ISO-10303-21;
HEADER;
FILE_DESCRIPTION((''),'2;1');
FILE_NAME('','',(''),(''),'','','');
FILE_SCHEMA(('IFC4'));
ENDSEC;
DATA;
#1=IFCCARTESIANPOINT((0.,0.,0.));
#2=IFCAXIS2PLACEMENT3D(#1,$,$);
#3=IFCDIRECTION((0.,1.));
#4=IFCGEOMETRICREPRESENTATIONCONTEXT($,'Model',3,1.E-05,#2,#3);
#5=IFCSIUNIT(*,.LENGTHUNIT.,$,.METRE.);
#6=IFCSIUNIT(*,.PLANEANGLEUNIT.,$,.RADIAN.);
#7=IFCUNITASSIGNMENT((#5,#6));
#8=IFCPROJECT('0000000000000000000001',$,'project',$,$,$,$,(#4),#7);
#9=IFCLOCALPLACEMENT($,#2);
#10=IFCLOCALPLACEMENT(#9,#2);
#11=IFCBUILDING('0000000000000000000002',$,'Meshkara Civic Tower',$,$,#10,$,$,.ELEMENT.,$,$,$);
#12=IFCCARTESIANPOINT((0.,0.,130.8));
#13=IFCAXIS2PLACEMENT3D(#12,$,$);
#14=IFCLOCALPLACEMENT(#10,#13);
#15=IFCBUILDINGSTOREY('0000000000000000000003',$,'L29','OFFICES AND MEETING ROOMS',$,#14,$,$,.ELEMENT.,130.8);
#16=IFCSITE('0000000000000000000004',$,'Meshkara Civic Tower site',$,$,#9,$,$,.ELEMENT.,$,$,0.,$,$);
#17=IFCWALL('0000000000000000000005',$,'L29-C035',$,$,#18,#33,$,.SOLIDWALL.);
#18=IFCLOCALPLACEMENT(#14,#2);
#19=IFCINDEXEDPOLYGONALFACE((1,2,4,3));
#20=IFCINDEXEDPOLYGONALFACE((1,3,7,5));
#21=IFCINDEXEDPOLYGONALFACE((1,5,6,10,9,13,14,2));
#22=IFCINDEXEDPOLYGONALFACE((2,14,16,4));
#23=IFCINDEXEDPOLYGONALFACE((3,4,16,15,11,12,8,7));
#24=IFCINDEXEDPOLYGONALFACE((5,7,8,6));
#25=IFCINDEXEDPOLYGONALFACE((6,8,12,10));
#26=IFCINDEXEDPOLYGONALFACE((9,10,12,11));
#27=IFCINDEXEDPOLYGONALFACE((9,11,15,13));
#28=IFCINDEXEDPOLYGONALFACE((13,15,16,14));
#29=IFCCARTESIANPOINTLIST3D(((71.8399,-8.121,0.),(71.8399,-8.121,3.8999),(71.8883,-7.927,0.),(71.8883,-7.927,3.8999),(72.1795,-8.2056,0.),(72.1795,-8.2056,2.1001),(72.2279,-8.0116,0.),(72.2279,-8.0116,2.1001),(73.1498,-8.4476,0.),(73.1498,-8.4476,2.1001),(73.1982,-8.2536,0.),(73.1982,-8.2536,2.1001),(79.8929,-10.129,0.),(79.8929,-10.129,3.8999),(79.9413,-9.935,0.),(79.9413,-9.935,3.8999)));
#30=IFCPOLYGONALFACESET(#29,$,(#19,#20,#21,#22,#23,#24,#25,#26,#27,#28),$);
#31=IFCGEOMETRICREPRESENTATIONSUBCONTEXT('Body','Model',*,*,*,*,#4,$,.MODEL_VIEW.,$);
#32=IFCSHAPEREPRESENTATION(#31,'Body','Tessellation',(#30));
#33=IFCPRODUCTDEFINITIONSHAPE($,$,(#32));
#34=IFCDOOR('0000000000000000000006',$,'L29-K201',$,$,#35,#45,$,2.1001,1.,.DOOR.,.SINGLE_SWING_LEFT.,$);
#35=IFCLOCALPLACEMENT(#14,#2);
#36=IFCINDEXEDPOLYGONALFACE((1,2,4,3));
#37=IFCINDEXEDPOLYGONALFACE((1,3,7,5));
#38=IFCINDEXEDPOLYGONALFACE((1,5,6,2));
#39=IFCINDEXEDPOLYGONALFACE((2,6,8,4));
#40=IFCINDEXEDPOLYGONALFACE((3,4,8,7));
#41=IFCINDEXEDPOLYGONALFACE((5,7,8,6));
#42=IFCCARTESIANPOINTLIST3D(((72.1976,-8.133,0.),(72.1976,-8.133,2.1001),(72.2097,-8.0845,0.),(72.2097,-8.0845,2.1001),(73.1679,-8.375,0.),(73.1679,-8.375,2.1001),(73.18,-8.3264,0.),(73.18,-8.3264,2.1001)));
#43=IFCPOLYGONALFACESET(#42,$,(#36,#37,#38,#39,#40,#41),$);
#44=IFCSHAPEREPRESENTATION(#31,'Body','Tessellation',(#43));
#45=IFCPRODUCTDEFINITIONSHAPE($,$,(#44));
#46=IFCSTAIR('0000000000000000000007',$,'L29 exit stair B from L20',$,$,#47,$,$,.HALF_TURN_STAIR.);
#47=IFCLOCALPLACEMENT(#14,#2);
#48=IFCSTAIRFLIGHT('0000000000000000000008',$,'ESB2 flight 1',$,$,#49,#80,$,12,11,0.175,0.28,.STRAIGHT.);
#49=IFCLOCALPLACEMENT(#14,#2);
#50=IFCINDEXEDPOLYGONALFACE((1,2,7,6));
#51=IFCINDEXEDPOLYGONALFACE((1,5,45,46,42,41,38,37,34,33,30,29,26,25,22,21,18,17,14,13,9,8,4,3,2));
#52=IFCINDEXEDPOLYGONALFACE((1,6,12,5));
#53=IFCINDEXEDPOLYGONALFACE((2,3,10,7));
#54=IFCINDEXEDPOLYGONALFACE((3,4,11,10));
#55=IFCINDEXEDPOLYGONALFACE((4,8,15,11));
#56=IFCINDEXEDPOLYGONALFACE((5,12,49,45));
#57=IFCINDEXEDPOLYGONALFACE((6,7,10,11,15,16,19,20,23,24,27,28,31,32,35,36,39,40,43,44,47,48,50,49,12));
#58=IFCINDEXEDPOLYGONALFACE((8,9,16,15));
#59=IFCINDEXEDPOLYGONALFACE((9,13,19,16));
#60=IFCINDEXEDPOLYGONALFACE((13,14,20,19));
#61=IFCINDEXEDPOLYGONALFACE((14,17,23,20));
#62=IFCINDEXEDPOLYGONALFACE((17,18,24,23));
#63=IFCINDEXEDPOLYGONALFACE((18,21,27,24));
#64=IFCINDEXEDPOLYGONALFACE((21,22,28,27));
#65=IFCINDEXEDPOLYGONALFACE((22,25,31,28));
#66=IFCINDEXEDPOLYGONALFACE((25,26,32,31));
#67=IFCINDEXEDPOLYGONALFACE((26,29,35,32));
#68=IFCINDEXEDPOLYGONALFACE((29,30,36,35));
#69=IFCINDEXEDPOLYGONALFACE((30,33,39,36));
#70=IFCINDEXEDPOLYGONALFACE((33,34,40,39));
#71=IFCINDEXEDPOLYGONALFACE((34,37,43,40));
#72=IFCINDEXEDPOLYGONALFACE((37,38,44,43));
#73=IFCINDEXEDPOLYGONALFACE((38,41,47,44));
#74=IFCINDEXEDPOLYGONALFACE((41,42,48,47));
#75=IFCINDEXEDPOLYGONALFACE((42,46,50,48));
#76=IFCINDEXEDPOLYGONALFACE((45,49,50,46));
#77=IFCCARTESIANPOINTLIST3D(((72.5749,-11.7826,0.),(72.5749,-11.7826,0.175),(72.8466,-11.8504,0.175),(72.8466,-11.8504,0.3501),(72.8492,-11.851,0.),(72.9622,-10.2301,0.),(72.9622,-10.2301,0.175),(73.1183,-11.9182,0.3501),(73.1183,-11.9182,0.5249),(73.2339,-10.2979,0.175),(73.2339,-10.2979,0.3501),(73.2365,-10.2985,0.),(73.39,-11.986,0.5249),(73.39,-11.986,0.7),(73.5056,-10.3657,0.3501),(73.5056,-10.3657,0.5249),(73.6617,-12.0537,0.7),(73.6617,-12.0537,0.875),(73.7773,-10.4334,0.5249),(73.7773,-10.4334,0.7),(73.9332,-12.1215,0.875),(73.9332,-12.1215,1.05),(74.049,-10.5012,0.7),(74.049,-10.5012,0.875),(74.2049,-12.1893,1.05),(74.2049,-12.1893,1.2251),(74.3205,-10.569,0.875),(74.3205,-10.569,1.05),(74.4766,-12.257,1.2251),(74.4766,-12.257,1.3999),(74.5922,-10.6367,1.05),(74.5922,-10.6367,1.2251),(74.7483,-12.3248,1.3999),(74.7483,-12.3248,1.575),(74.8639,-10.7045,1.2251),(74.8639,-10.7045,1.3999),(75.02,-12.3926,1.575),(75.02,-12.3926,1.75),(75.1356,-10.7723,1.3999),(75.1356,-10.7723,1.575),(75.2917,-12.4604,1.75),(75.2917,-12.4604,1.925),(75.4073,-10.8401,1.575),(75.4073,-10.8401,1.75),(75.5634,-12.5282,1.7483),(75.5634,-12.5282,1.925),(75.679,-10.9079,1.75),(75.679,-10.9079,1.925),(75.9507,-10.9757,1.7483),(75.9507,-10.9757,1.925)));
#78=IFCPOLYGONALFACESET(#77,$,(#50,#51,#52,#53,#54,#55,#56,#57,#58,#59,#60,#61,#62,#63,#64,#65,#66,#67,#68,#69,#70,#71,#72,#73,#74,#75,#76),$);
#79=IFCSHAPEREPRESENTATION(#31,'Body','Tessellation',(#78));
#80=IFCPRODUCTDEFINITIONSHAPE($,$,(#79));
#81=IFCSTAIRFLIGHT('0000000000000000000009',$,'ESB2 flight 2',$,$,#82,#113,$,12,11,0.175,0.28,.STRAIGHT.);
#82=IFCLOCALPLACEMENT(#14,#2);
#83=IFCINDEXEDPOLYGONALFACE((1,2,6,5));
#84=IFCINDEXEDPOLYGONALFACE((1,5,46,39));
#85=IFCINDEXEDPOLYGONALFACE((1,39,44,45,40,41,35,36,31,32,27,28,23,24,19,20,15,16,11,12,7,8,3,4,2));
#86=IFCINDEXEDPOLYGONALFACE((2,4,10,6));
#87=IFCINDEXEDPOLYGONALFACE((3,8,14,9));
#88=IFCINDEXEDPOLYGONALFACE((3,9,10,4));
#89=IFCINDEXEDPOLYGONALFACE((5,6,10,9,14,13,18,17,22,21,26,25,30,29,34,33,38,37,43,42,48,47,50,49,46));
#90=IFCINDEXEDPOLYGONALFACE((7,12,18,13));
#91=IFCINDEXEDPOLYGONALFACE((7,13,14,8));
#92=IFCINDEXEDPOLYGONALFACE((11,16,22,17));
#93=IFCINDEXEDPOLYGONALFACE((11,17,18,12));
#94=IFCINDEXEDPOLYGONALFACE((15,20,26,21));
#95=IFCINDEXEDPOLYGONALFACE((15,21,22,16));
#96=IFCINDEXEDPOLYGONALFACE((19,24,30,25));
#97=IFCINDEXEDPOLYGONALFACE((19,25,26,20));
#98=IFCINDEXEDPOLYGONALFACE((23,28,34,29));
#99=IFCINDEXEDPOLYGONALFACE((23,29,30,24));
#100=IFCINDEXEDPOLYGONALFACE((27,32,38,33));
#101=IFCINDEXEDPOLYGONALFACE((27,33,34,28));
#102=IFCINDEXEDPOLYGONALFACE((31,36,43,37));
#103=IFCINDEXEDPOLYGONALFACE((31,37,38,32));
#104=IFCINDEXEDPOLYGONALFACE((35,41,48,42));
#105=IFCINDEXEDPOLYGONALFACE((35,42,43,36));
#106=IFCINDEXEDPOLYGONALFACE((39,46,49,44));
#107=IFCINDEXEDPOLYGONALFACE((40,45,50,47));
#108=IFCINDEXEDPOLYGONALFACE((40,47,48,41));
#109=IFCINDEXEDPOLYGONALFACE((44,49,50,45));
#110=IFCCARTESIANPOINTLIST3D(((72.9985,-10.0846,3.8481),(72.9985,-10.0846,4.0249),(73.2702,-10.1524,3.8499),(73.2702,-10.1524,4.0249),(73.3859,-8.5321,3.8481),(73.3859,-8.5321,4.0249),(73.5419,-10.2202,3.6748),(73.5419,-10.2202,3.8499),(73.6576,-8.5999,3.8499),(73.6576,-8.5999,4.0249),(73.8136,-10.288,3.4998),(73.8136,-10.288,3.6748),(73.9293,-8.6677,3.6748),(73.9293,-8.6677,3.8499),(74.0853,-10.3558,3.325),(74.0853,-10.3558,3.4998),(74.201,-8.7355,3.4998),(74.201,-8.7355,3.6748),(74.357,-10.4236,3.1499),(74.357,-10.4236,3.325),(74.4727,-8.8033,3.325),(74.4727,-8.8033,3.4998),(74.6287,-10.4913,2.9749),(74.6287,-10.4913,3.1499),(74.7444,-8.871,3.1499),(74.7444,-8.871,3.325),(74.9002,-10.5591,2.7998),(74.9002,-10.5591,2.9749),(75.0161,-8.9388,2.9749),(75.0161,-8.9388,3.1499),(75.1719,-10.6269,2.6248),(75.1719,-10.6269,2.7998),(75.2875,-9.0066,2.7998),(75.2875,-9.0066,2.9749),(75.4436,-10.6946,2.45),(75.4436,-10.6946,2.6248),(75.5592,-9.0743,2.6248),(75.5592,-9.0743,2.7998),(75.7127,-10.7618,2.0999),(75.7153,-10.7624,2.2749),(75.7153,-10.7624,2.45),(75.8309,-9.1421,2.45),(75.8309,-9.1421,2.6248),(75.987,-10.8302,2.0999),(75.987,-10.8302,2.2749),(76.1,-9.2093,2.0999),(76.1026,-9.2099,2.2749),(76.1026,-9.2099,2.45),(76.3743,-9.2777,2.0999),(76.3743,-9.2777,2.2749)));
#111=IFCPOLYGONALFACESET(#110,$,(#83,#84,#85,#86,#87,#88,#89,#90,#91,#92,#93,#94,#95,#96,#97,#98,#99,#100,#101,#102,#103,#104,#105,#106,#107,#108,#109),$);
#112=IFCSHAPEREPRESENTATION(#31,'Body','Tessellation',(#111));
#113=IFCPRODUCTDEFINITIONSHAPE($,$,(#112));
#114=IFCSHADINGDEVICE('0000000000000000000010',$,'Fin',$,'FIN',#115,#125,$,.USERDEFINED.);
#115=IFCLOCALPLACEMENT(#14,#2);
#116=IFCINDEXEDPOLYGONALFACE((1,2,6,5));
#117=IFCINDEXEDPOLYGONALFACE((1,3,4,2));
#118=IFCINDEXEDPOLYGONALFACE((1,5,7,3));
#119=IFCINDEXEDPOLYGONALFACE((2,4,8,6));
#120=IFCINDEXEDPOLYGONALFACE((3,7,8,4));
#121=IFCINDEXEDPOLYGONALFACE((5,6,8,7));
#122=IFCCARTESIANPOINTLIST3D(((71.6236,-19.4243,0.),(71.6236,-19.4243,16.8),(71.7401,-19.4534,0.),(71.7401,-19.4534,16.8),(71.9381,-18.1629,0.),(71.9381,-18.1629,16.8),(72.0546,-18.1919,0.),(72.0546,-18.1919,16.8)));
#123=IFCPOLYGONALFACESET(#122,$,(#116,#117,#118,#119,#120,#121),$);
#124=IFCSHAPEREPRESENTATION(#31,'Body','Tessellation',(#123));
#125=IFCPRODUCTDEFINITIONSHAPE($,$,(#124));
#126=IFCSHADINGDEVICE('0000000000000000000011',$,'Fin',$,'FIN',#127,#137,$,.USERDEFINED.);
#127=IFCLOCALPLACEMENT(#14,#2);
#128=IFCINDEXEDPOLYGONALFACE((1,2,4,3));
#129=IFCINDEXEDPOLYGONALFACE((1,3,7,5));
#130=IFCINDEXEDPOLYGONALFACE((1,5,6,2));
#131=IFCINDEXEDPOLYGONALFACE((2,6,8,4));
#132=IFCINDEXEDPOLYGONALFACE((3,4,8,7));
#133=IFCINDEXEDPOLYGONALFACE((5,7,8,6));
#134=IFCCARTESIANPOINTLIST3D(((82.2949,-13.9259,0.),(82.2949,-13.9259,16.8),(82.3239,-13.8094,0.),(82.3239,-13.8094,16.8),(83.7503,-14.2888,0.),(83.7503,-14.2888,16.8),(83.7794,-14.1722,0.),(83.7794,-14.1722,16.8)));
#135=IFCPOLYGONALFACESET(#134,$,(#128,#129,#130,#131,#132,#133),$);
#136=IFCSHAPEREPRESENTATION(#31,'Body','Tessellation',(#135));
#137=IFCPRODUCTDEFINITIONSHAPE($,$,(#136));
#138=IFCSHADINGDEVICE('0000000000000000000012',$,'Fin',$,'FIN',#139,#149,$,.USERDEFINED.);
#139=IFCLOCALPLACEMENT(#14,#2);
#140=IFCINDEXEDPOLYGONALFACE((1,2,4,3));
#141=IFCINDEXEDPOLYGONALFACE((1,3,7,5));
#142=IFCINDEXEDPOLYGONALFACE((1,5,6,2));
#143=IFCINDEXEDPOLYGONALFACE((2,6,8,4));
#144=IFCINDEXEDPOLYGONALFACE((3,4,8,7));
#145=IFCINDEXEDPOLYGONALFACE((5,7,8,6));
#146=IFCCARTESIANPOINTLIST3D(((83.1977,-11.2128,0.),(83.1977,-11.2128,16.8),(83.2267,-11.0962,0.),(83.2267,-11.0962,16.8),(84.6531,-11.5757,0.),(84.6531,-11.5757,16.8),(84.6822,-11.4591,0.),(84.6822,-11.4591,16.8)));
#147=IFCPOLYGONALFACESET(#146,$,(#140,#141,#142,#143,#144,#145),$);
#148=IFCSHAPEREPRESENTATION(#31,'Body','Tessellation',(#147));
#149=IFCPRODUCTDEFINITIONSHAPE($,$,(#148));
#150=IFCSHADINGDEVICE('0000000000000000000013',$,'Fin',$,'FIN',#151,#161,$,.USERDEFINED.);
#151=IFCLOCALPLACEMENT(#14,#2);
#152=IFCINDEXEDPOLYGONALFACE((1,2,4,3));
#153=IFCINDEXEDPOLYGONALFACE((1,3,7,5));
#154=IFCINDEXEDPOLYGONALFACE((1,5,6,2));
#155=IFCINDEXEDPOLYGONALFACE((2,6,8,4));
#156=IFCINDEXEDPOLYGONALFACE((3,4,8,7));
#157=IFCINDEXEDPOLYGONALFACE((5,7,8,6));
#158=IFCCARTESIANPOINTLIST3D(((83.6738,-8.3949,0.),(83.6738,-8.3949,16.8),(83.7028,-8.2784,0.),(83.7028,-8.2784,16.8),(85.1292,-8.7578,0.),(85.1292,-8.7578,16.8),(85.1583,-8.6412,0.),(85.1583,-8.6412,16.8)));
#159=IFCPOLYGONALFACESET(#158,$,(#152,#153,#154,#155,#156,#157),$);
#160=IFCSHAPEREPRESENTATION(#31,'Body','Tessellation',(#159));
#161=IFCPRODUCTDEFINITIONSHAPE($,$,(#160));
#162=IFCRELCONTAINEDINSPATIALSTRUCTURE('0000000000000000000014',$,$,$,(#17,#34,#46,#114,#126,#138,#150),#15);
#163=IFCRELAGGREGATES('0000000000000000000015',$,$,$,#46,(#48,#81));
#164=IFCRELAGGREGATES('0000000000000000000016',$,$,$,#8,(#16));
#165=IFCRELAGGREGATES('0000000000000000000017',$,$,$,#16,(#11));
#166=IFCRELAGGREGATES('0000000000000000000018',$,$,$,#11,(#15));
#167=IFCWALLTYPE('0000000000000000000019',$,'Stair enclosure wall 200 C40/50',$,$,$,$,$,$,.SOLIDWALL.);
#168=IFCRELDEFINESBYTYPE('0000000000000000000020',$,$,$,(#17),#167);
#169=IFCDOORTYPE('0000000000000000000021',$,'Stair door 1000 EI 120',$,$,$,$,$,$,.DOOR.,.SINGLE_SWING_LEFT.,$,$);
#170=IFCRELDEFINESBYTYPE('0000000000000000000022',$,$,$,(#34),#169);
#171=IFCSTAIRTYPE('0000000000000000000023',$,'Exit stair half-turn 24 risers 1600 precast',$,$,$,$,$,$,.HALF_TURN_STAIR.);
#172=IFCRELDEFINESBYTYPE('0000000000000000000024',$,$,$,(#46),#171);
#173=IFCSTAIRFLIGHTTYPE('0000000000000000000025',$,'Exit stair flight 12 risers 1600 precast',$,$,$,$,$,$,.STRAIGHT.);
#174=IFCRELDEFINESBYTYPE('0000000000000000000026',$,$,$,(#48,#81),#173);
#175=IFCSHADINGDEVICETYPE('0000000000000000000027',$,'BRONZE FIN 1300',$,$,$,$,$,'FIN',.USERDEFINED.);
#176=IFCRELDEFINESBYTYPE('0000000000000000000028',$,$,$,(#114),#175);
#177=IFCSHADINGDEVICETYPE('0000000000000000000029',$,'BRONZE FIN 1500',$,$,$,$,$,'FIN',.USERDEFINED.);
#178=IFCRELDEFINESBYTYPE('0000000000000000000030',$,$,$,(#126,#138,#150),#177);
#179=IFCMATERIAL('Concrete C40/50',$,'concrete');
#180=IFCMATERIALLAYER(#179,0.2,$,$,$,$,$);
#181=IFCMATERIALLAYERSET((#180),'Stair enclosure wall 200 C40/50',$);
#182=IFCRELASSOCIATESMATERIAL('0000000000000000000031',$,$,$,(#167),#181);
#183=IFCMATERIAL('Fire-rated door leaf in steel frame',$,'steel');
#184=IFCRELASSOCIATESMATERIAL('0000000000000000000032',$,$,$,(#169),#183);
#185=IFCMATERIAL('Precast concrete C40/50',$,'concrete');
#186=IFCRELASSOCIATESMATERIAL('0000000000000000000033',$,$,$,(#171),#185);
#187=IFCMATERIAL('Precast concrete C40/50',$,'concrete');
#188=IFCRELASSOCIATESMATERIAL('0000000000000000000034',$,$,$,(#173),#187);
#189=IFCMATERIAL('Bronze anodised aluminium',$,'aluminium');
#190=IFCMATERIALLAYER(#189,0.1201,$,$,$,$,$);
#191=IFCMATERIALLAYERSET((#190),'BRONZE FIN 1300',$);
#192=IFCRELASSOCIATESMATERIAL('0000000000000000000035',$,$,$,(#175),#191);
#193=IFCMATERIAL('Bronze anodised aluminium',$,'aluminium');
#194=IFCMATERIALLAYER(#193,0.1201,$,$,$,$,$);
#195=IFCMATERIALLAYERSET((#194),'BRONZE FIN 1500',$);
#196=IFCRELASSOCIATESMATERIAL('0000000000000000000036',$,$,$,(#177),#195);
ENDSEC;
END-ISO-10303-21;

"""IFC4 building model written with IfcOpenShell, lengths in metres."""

from ifc_helpers import new_model, si_unit, direction, frame, frame_2d, origin, origin_2d, place, context, subcontext, project, spatial, polyline, rectangle, outline, extrude, material, layer, layer_set, type_object, element, fill, aggregate, save


model = new_model("IFC4")

# Units and contexts
model_context = context("Model", 3, precision=1e-05, world=origin(), true_north=direction((0.0, 1.0)))
body_context = subcontext(model_context, "Body", "Model", "MODEL_VIEW")
ifc_project = project(units=[si_unit("LENGTHUNIT", "METRE"), si_unit("PLANEANGLEUNIT", "RADIAN")], contexts=[model_context])

# Site, building, storey
site_placement = place(None, origin())
site = spatial("IfcSite", under=ifc_project, at=site_placement, Name="Meshkara Civic Tower site", CompositionType="ELEMENT", RefElevation=0.0)
building_placement = place(site_placement, origin())
building = spatial("IfcBuilding", under=site, at=building_placement, Name="Meshkara Civic Tower", CompositionType="ELEMENT")
storey_placement = place(building_placement, frame((0.0, 0.0, 130.8)))
storey = spatial("IfcBuildingStorey", under=building, at=storey_placement, Name="L29", Description="OFFICES AND MEETING ROOMS", CompositionType="ELEMENT", Elevation=130.8)

# Wall, opening, door
ifc_material_1 = material(Name="Concrete C40/50", Category="concrete")
ifc_layer_1 = layer(ifc_material_1, 0.2)
ifc_layer_set_1 = layer_set([ifc_layer_1], Name="Stair enclosure wall 200 C40/50")
wall_type_1 = type_object("IfcWallType", Name="Stair enclosure wall 200 C40/50", PredefinedType="SOLIDWALL", material=ifc_layer_set_1)
wall_1_placement = place(storey_placement, frame((71.864, -8.0239, 0.0), z_axis=(0.0, 0.0, 1.0), x_axis=(0.970289, -0.241947, 0.0)))
wall_1 = element("IfcWall", 1, at=wall_1_placement, inside=storey, type_object=wall_type_1, Name="L29-C035", PredefinedType="SOLIDWALL", context=body_context, shape_type="SweptSolid", body=[
    extrude(rectangle(XDim=8.2996, YDim=0.2, at=frame_2d((4.1499, 0.0))), origin(), (0.0, 0.0, 1.0), 3.8999),
])
opening_1_placement = place(wall_1_placement, frame((0.3501, 0.0, 0.0)))
opening_1 = element("IfcOpeningElement", 2, at=opening_1_placement, cuts=wall_1, PredefinedType="OPENING", context=body_context, shape_type="SweptSolid", body=[
    extrude(rectangle(XDim=1.0, YDim=2.1001, at=frame_2d((0.5, 1.05))), frame((0.0, 0.1099, 0.0), z_axis=(0.0, -1.0, 0.0), x_axis=(1.0, 0.0, 0.0)), (0.0, 0.0, 1.0), 0.22),
])
ifc_material_2 = material(Name="Fire-rated door leaf in steel frame", Category="steel")
door_type_1 = type_object("IfcDoorType", Name="Stair door 1000 EI 120", OperationType="SINGLE_SWING_LEFT", PredefinedType="DOOR", material=ifc_material_2)
door_1_placement = place(opening_1_placement, origin())
door_1 = element("IfcDoor", 3, at=door_1_placement, inside=storey, type_object=door_type_1, Name="L29-K201", OperationType="SINGLE_SWING_LEFT", OverallHeight=2.1001, OverallWidth=1.0, PredefinedType="DOOR", context=body_context, shape_type="SweptSolid", body=[
    extrude(rectangle(XDim=1.0, YDim=2.1001, at=frame_2d((0.5, 1.05))), frame((0.0, 0.0249, 0.0), z_axis=(0.0, -1.0, 0.0), x_axis=(1.0, 0.0, 0.0)), (0.0, 0.0, 1.0), 0.05),
])
fill(opening_1, door_1)

# Stair, stair flights
ifc_material_3 = material(Name="Precast concrete C40/50", Category="concrete")
stair_type = type_object("IfcStairType", Name="Exit stair half-turn 24 risers 1600 precast", PredefinedType="HALF_TURN_STAIR", material=ifc_material_3)
stair_placement = place(storey_placement, origin())
stair = element("IfcStair", 4, at=stair_placement, inside=storey, type_object=stair_type, Name="L29 exit stair B from L20", PredefinedType="HALF_TURN_STAIR")
ifc_material_4 = material(Name="Precast concrete C40/50", Category="concrete")
stair_flight_type = type_object("IfcStairFlightType", Name="Exit stair flight 12 risers 1600 precast", PredefinedType="STRAIGHT", material=ifc_material_4)
stair_flight_1_placement = place(storey_placement, frame((72.7686, -11.0063, 0.0), z_axis=(0.0, 0.0, 1.0), x_axis=(0.97026, -0.242065, 0.0)))
stair_flight_1 = element("IfcStairFlight", 5, at=stair_flight_1_placement, type_object=stair_flight_type, Name="ESB2 flight 1", NumberOfRisers=12, NumberOfTreads=11, PredefinedType="STRAIGHT", RiserHeight=0.175, TreadLength=0.28, context=body_context, shape_type="SweptSolid", body=[
    extrude(outline(polyline([(0.0, 0.0), (0.0, 0.175), (0.28, 0.175), (0.28, 0.3501), (0.5601, 0.3501), (0.5601, 0.5249), (0.8401, 0.5249), (0.8401, 0.7), (1.1201, 0.7), (1.1201, 0.875), (1.3999, 0.875), (1.3999, 1.05), (1.6799, 1.05), (1.6799, 1.2251), (1.96, 1.2251), (1.96, 1.3999), (2.24, 1.3999), (2.24, 1.575), (2.52, 1.575), (2.52, 1.75), (2.8, 1.75), (2.8, 1.925), (3.0801, 1.925), (3.0801, 2.1001), (3.0801, 1.7483), (0.2827, 0.0), (0.0, 0.0)])), frame((0.0, 0.8, 0.0), z_axis=(0.0, -1.0, 0.0), x_axis=(1.0, 0.0, 0.0)), (0.0, 0.0, 1.0), 1.6001),
])
stair_flight_2_placement = place(storey_placement, frame((76.1807, -10.054, 2.0999), z_axis=(0.0, 0.0, 1.0), x_axis=(-0.97026, 0.242065, 0.0)))
stair_flight_2 = element("IfcStairFlight", 6, at=stair_flight_2_placement, type_object=stair_flight_type, Name="ESB2 flight 2", NumberOfRisers=12, NumberOfTreads=11, PredefinedType="STRAIGHT", RiserHeight=0.175, TreadLength=0.28, context=body_context, shape_type="SweptSolid", body=[
    extrude(outline(polyline([(0.0, 0.0), (0.0, 0.175), (0.28, 0.175), (0.28, 0.3501), (0.5601, 0.3501), (0.5601, 0.5249), (0.8401, 0.5249), (0.8401, 0.7), (1.1201, 0.7), (1.1201, 0.875), (1.3999, 0.875), (1.3999, 1.05), (1.6799, 1.05), (1.6799, 1.2251), (1.96, 1.2251), (1.96, 1.3999), (2.24, 1.3999), (2.24, 1.575), (2.52, 1.575), (2.52, 1.75), (2.8, 1.75), (2.8, 1.925), (3.0801, 1.925), (3.0801, 2.1001), (3.0801, 1.7483), (0.2827, 0.0), (0.0, 0.0)])), frame((0.0, 0.8, 0.0), z_axis=(0.0, -1.0, 0.0), x_axis=(1.0, 0.0, 0.0)), (0.0, 0.0, 1.0), 1.6001),
])
aggregate(stair, [stair_flight_1, stair_flight_2])

# Shading devices
ifc_material_5 = material(Name="Bronze anodised aluminium", Category="aluminium")
ifc_layer_2 = layer(ifc_material_5, 0.1201)
ifc_layer_set_2 = layer_set([ifc_layer_2], Name="BRONZE FIN 1300")
shading_device_type_1 = type_object("IfcShadingDeviceType", Name="BRONZE FIN 1300", ElementType="FIN", PredefinedType="USERDEFINED", material=ifc_layer_set_2)
shading_device_placement = place(storey_placement, frame((71.8391, -18.8081, 0.0), z_axis=(0.0, 0.0, 1.0), x_axis=(0.9703, -0.241905, 0.0)))
element("IfcShadingDevice", 7, at=shading_device_placement, inside=storey, type_object=shading_device_type_1, Name="Fin", ObjectType="FIN", PredefinedType="USERDEFINED", context=body_context, shape_type="SweptSolid", body=[
    extrude(rectangle(XDim=0.1201, YDim=1.3, at=origin_2d()), origin(), (0.0, 0.0, 1.0), 16.8),
])
ifc_material_6 = material(Name="Bronze anodised aluminium", Category="aluminium")
ifc_layer_3 = layer(ifc_material_6, 0.1201)
ifc_layer_set_3 = layer_set([ifc_layer_3], Name="BRONZE FIN 1500")
shading_device_type_2 = type_object("IfcShadingDeviceType", Name="BRONZE FIN 1500", ElementType="FIN", PredefinedType="USERDEFINED", material=ifc_layer_set_3)
for number, where, z_axis, x_axis, name in (
    (8, (83.0371, -14.0491, 0.0), (0.0, 0.0, 1.0), (0.241922, 0.970296, 0.0), "Fin"),
    (9, (83.9399, -11.3359, 0.0), (0.0, 0.0, 1.0), (0.241922, 0.970296, 0.0), "Fin"),
    (10, (84.416, -8.5181, 0.0), (0.0, 0.0, 1.0), (0.241922, 0.970296, 0.0), "Fin"),
):
    element("IfcShadingDevice", number, at=place(storey_placement, frame(where, z_axis=z_axis, x_axis=x_axis)), inside=storey, type_object=shading_device_type_2, Name=name, ObjectType="FIN", PredefinedType="USERDEFINED", context=body_context, shape_type="SweptSolid", body=[
        extrude(rectangle(XDim=0.1201, YDim=1.5, at=origin_2d()), origin(), (0.0, 0.0, 1.0), 16.8),
    ])

save(model, "model.ifc")
